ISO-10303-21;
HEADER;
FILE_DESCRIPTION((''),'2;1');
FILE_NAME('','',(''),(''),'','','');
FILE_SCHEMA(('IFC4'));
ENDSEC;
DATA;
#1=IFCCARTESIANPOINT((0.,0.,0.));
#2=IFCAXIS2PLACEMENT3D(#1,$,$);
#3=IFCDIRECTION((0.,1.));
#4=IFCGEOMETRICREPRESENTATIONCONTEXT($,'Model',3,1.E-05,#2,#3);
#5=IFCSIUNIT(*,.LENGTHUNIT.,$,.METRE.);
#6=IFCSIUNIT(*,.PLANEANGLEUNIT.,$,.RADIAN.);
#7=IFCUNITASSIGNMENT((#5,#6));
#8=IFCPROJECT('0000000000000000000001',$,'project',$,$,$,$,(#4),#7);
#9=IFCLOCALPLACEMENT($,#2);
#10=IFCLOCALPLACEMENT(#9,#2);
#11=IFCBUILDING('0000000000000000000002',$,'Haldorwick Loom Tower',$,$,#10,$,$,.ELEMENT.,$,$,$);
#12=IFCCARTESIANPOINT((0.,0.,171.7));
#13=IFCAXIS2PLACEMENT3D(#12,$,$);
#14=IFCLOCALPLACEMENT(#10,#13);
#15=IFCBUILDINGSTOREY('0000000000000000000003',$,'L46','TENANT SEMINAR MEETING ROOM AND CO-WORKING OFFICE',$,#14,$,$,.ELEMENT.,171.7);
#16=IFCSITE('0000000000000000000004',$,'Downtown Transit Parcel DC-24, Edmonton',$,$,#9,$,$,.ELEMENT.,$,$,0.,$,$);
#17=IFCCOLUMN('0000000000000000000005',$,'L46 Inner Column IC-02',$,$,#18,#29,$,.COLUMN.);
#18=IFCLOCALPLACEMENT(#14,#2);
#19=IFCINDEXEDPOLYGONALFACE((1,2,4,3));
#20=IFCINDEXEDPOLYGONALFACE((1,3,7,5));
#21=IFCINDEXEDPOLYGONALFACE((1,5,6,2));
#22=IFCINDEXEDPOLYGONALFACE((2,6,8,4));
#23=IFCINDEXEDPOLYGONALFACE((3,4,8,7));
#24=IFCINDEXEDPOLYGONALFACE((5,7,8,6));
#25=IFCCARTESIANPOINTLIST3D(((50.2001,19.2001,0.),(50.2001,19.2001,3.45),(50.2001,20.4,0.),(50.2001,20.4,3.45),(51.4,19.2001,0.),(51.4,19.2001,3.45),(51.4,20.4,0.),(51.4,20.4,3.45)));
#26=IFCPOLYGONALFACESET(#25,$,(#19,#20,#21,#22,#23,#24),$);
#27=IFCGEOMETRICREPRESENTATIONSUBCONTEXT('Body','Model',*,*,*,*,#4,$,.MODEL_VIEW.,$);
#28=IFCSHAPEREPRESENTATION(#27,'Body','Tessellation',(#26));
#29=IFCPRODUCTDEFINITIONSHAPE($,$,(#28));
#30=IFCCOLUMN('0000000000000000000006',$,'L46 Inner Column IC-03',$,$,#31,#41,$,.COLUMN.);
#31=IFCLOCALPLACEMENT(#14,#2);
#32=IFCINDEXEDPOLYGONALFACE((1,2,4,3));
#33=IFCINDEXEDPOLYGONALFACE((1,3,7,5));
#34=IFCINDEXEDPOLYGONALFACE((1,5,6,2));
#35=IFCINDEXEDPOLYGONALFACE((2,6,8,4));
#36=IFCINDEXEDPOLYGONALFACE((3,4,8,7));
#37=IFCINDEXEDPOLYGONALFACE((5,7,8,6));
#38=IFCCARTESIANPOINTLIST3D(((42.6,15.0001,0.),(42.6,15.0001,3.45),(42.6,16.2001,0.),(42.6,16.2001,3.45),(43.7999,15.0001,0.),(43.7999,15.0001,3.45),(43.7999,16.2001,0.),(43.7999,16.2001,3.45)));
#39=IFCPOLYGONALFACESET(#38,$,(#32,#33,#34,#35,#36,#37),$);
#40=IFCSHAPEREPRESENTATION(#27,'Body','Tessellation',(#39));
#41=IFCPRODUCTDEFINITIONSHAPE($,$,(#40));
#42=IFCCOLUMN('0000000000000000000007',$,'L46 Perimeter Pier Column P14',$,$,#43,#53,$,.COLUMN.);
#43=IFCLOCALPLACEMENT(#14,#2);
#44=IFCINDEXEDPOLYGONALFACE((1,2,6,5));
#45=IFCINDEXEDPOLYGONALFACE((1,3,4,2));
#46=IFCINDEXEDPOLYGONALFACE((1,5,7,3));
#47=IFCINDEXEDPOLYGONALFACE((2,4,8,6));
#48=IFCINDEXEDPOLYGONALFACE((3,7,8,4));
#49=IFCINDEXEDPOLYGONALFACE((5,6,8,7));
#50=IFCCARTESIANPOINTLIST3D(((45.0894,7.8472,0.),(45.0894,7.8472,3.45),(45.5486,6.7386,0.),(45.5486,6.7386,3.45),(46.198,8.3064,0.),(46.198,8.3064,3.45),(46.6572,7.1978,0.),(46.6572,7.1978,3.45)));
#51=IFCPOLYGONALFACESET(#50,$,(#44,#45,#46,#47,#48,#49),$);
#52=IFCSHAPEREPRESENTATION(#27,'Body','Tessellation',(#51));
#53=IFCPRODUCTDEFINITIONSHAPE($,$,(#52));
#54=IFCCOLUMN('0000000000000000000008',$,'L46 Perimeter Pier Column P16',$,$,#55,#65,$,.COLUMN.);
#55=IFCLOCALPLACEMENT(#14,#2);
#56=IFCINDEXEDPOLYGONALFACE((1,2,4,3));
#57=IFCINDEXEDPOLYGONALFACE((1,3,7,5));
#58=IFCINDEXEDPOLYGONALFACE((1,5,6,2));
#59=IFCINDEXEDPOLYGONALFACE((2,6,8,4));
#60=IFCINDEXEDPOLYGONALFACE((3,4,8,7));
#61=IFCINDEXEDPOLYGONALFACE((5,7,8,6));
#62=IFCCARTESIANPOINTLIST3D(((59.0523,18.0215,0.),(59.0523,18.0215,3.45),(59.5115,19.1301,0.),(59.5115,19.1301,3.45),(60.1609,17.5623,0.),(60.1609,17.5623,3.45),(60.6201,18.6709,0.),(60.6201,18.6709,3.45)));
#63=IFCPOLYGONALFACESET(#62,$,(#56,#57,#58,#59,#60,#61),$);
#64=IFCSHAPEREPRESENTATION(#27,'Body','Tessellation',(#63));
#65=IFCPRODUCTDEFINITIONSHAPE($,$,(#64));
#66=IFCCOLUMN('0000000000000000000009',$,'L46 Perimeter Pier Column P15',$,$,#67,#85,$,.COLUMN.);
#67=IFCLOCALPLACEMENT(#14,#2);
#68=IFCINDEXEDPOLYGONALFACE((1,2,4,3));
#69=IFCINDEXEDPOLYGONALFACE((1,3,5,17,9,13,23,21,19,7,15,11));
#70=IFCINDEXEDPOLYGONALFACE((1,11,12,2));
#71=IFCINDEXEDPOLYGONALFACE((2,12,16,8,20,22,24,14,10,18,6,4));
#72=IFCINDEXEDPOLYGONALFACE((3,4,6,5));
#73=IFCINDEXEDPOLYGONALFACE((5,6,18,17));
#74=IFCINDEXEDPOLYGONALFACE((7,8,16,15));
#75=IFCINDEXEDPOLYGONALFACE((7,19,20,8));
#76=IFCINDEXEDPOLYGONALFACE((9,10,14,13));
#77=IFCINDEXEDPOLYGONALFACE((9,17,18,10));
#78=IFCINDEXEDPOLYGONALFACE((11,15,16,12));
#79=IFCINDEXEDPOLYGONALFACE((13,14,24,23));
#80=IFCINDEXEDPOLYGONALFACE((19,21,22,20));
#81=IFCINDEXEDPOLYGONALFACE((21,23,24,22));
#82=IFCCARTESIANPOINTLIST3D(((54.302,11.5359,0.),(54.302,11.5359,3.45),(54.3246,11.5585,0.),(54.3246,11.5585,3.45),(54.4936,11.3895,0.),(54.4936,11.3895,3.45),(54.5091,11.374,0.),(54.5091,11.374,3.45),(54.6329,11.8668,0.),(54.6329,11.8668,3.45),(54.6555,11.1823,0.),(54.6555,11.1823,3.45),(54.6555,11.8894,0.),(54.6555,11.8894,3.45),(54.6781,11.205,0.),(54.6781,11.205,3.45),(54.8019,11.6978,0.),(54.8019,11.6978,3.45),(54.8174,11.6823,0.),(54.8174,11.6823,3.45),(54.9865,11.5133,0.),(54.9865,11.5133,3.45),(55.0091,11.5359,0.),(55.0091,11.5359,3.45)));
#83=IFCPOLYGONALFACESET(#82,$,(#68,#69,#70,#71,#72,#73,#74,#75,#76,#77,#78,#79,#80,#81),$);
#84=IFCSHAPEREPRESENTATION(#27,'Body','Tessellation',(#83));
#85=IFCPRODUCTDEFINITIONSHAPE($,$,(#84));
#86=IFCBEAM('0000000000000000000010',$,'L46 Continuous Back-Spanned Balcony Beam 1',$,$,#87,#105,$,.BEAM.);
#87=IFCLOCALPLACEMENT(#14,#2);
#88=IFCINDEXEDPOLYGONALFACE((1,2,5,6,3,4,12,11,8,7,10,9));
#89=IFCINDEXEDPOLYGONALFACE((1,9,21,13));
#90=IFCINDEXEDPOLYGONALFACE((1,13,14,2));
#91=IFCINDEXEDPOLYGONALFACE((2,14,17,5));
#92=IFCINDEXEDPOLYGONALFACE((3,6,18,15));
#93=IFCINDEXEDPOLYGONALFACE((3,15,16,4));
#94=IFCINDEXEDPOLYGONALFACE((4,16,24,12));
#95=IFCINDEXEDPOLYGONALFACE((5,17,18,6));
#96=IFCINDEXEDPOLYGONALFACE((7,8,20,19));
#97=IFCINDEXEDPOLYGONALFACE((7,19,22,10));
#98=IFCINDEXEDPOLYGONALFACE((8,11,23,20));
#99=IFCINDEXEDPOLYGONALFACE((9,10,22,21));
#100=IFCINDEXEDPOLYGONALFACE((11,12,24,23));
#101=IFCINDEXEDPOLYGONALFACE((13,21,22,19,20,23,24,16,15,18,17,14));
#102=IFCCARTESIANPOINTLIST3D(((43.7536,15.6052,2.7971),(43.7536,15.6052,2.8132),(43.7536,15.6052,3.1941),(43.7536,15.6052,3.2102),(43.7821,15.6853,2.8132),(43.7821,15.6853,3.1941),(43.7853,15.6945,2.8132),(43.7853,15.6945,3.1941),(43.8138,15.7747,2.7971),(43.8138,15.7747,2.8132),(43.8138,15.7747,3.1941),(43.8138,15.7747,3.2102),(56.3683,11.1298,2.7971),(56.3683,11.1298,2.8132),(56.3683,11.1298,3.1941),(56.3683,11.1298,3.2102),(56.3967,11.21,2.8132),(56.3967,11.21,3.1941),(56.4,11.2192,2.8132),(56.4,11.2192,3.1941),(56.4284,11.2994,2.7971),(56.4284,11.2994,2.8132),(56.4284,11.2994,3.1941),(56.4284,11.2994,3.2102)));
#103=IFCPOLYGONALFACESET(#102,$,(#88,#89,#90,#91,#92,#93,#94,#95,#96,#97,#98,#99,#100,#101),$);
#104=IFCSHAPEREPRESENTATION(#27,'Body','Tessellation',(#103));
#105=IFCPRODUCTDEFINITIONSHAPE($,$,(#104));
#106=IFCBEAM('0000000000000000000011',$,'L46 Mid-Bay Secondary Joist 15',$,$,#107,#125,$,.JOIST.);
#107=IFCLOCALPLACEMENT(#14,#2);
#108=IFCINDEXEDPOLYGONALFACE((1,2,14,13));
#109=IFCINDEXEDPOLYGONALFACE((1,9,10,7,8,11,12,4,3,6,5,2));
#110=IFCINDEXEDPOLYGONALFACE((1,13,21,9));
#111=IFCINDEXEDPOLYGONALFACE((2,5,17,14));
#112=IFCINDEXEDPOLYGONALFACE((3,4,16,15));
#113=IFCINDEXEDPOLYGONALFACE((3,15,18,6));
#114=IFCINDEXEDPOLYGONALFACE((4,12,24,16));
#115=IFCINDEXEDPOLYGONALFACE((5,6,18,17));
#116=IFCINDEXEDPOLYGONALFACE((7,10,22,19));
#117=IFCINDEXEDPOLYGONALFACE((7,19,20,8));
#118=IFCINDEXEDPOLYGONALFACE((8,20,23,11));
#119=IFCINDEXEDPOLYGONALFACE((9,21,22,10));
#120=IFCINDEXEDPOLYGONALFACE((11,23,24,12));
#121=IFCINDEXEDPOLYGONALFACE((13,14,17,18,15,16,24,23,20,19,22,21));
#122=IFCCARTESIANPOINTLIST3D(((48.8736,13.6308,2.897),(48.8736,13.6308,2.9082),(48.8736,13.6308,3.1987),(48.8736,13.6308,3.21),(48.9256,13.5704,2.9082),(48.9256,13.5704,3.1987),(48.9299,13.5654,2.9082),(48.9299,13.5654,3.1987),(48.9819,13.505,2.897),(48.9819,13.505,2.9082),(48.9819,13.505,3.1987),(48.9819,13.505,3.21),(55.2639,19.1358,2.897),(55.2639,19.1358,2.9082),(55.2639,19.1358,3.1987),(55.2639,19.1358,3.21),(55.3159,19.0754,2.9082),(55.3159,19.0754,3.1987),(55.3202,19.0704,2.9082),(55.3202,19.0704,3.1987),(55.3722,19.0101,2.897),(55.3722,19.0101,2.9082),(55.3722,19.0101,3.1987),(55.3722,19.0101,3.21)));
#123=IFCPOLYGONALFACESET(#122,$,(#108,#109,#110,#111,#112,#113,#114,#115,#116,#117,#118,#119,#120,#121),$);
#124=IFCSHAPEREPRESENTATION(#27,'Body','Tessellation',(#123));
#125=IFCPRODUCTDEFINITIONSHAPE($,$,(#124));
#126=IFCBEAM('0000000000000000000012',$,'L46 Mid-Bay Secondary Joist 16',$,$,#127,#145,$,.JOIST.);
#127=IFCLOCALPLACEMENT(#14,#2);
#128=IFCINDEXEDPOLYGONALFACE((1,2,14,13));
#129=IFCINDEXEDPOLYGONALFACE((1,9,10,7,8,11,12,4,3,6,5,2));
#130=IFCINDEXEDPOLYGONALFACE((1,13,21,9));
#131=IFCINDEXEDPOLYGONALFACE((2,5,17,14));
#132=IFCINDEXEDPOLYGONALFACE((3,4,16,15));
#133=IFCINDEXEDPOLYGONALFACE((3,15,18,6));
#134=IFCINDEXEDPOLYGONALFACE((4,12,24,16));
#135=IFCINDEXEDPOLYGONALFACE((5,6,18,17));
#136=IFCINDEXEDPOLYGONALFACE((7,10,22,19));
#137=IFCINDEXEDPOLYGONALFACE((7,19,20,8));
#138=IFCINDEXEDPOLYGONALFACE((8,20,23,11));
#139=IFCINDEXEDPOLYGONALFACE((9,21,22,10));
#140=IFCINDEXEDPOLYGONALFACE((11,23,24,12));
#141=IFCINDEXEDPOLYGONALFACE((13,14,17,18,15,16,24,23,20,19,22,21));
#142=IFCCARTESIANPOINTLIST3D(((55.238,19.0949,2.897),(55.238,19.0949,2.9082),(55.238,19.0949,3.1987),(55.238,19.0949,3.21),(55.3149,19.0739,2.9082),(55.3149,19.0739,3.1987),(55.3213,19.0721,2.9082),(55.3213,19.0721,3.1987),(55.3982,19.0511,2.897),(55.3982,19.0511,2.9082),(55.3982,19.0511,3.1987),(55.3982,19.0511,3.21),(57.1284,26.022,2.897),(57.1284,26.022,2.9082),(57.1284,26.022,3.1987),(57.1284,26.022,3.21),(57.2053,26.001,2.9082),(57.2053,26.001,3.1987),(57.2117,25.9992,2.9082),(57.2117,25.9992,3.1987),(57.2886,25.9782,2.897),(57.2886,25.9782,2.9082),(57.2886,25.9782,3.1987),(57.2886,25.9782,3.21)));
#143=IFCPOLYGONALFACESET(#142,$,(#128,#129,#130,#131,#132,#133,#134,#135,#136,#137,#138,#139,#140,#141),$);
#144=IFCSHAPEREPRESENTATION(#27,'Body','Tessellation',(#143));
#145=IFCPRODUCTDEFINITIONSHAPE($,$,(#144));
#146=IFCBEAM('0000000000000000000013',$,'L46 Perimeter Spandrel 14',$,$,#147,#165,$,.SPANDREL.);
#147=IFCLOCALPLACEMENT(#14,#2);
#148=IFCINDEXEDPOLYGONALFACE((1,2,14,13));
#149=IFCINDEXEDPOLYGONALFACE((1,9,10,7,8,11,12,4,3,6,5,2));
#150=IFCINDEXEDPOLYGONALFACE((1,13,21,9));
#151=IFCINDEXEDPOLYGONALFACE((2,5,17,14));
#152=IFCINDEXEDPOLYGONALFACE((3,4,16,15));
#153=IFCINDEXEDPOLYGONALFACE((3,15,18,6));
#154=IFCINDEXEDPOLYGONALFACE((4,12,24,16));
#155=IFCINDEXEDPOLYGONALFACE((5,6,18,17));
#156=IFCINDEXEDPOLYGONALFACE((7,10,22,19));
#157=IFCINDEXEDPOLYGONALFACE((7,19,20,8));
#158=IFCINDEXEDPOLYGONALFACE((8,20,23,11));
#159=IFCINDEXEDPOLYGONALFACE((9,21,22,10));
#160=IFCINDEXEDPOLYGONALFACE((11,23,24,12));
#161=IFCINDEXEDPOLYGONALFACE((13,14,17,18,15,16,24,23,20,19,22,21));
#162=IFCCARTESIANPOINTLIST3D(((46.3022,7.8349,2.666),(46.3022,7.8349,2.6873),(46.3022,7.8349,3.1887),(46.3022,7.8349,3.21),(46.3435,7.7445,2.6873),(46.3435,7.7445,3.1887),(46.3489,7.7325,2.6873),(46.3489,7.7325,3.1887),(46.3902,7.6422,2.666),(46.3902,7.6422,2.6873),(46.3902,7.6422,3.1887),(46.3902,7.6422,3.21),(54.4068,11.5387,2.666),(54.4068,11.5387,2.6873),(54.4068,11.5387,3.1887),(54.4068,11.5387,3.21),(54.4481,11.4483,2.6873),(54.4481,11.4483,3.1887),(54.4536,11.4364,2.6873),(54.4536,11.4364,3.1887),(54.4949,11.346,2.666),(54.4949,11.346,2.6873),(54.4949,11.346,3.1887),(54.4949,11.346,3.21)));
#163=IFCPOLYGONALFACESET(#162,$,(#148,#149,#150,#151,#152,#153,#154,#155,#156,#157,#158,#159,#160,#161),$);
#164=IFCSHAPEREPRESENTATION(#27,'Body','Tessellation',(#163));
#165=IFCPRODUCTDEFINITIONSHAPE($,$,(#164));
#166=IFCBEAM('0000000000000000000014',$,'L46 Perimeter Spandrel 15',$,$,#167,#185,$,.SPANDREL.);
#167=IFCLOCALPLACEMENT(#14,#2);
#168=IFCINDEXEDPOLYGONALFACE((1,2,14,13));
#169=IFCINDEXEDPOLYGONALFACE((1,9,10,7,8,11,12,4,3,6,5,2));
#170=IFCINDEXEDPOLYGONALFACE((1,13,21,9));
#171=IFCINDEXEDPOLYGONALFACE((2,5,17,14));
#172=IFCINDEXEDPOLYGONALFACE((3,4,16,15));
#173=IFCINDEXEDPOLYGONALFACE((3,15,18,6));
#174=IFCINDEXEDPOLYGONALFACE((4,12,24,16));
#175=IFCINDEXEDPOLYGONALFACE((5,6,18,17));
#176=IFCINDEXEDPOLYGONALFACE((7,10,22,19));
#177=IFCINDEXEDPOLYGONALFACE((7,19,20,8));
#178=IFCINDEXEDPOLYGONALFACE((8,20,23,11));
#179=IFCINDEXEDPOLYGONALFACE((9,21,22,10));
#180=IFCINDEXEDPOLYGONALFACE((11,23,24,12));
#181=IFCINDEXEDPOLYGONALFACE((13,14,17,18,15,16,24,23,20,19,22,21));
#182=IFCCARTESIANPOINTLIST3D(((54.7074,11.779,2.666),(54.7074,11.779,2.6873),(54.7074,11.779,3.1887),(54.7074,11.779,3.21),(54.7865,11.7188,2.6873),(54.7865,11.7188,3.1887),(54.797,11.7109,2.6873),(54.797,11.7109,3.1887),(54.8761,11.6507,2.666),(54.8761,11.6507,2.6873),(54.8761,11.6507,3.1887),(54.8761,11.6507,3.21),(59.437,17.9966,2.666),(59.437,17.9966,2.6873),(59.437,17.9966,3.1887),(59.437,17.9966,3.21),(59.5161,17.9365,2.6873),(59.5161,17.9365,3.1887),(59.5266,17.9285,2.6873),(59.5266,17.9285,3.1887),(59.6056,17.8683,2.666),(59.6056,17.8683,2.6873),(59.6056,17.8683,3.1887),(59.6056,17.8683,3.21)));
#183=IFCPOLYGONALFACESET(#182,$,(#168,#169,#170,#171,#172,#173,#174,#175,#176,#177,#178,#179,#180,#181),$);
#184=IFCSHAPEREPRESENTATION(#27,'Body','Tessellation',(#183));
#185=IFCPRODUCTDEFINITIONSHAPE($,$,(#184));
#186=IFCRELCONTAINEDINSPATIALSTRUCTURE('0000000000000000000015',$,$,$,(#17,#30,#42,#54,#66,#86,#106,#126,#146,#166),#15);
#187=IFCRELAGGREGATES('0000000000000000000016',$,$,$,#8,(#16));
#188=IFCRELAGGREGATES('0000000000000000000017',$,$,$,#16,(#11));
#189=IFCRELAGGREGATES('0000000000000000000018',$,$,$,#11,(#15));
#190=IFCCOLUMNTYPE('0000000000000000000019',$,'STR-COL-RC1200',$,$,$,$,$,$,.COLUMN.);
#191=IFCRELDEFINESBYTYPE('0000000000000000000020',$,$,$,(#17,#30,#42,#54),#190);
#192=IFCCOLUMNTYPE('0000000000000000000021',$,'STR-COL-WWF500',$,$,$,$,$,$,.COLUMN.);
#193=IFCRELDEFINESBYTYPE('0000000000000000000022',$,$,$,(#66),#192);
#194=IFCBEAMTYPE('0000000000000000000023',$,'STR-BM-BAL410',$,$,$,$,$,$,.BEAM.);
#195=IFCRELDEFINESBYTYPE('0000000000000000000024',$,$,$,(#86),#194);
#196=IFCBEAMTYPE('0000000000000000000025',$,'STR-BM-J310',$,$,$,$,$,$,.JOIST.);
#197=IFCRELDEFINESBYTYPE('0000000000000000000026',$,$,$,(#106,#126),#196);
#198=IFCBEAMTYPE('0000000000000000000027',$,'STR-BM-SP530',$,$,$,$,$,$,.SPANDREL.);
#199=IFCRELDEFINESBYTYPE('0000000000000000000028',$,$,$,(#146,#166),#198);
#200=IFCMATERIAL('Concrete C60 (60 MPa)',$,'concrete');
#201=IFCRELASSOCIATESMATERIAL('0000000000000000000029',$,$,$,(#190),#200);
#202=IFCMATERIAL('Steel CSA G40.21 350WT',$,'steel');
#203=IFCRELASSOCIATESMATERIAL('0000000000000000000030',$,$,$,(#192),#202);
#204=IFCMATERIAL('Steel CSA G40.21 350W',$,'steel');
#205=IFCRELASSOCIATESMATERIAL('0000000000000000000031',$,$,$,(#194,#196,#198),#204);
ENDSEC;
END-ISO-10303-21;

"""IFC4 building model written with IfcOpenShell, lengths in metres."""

from ifc_helpers import new_model, si_unit, direction, frame, origin, origin_2d, place, context, subcontext, project, spatial, rectangle, i_section, extrude, material, material_profile, profile_set, type_object, element, save


model = new_model("IFC4")

# Units and contexts
model_context = context("Model", 3, precision=1e-05, world=origin(), true_north=direction((0.0, 1.0)))
body_context = subcontext(model_context, "Body", "Model", "MODEL_VIEW")
ifc_project = project(units=[si_unit("LENGTHUNIT", "METRE"), si_unit("PLANEANGLEUNIT", "RADIAN")], contexts=[model_context])

# Site, building, storey
site_placement = place(None, origin())
site = spatial("IfcSite", under=ifc_project, at=site_placement, Name="Downtown Transit Parcel DC-24, Edmonton", CompositionType="ELEMENT", RefElevation=0.0)
building_placement = place(site_placement, origin())
building = spatial("IfcBuilding", under=site, at=building_placement, Name="Haldorwick Loom Tower", CompositionType="ELEMENT")
storey_placement = place(building_placement, frame((0.0, 0.0, 171.7)))
storey = spatial("IfcBuildingStorey", under=building, at=storey_placement, Name="L46", Description="TENANT SEMINAR MEETING ROOM AND CO-WORKING OFFICE", CompositionType="ELEMENT", Elevation=171.7)

# Columns
ifc_material_1 = material(Name="Concrete C60 (60 MPa)", Category="concrete")
ifc_material_profile_1 = material_profile(ifc_material_1, rectangle(XDim=1.2, YDim=1.2, at=origin_2d()), Name="RC1200X1200", Category="concrete")
ifc_profile_set_1 = profile_set([ifc_material_profile_1], Name="Concrete C60 (60 MPa)")
column_type_1 = type_object("IfcColumnType", Name="STR-COL-RC1200", PredefinedType="COLUMN", material=ifc_profile_set_1)
for number, where, z_axis, x_axis, name in (
    (1, (50.8, 19.8, 0.0), (0.0, 0.0, 1.0), (1.0, 0.0, 0.0), "L46 Inner Column IC-02"),
    (2, (43.2, 15.6001, 0.0), (0.0, 0.0, 1.0), (1.0, 0.0, 0.0), "L46 Inner Column IC-03"),
    (3, (45.8733, 7.5225, 0.0), (0.0, 0.0, 1.0), (0.382683, -0.92388, 0.0), "L46 Perimeter Pier Column P14"),
    (4, (59.8362, 18.3462, 0.0), (0.0, 0.0, 1.0), (0.92388, -0.382683, 0.0), "L46 Perimeter Pier Column P16"),
):
    element("IfcColumn", number, at=place(storey_placement, frame(where, z_axis=z_axis, x_axis=x_axis)), inside=storey, type_object=column_type_1, Name=name, PredefinedType="COLUMN", context=body_context, shape_type="SweptSolid", body=[
        extrude(rectangle(XDim=1.2, YDim=1.2, at=origin_2d()), origin(), (0.0, 0.0, 1.0), 3.45),
    ])
ifc_material_2 = material(Name="Steel CSA G40.21 350WT", Category="steel")
ifc_material_profile_2 = material_profile(ifc_material_2, i_section(OverallWidth=0.5, OverallDepth=0.5, WebThickness=0.022, FlangeThickness=0.032, at=origin_2d()), Name="WWF500X500", Category="steel")
ifc_profile_set_2 = profile_set([ifc_material_profile_2], Name="Steel CSA G40.21 350WT")
column_type_2 = type_object("IfcColumnType", Name="STR-COL-WWF500", PredefinedType="COLUMN", material=ifc_profile_set_2)
column_placement = place(storey_placement, frame((54.6555, 11.5359, 0.0), z_axis=(0.0, 0.0, 1.0), x_axis=(0.707107, -0.707107, 0.0)))
element("IfcColumn", 5, at=column_placement, inside=storey, type_object=column_type_2, Name="L46 Perimeter Pier Column P15", PredefinedType="COLUMN", context=body_context, shape_type="SweptSolid", body=[
    extrude(i_section(OverallWidth=0.5, OverallDepth=0.5, WebThickness=0.022, FlangeThickness=0.032, at=origin_2d()), origin(), (0.0, 0.0, 1.0), 3.45),
])

# Beams
ifc_material_3 = material(Name="Steel CSA G40.21 350W", Category="steel")
ifc_material_profile_3 = material_profile(ifc_material_3, i_section(OverallWidth=0.1799, OverallDepth=0.4131, WebThickness=0.0098, FlangeThickness=0.0161, at=origin_2d()), Name="W410X74", Category="steel")
ifc_profile_set_3 = profile_set([ifc_material_profile_3], Name="Steel CSA G40.21 350W")
beam_type_1 = type_object("IfcBeamType", Name="STR-BM-BAL410", PredefinedType="BEAM", material=ifc_profile_set_3)
beam_1_placement = place(storey_placement, frame((43.7837, 15.6899, 3.0037), z_axis=(0.942448, -0.334353, 0.0), x_axis=(0.334353, 0.942448, 0.0)))
element("IfcBeam", 6, at=beam_1_placement, inside=storey, type_object=beam_type_1, Name="L46 Continuous Back-Spanned Balcony Beam 1", PredefinedType="BEAM", context=body_context, shape_type="SweptSolid", body=[
    extrude(i_section(OverallWidth=0.1799, OverallDepth=0.4131, WebThickness=0.0098, FlangeThickness=0.0161, at=origin_2d()), origin(), (0.0, 0.0, 1.0), 13.385),
])
ifc_material_profile_4 = material_profile(ifc_material_3, i_section(OverallWidth=0.166, OverallDepth=0.313, WebThickness=0.0066, FlangeThickness=0.0112, at=origin_2d()), Name="W310X45", Category="steel")
ifc_profile_set_4 = profile_set([ifc_material_profile_4], Name="Steel CSA G40.21 350W")
beam_type_2 = type_object("IfcBeamType", Name="STR-BM-J310", PredefinedType="JOIST", material=ifc_profile_set_4)
beam_2_placement = place(storey_placement, frame((48.9277, 13.5679, 3.0535), z_axis=(0.757634, 0.65268, 0.0), x_axis=(-0.65268, 0.757634, 0.0)))
element("IfcBeam", 7, at=beam_2_placement, inside=storey, type_object=beam_type_2, Name="L46 Mid-Bay Secondary Joist 15", PredefinedType="JOIST", context=body_context, shape_type="SweptSolid", body=[
    extrude(i_section(OverallWidth=0.166, OverallDepth=0.313, WebThickness=0.0066, FlangeThickness=0.0112, at=origin_2d()), origin(), (0.0, 0.0, 1.0), 8.4346),
])
beam_3_placement = place(storey_placement, frame((55.3181, 19.073, 3.0535), z_axis=(0.263273, 0.964721, 0.0), x_axis=(-0.964721, 0.263273, 0.0)))
element("IfcBeam", 8, at=beam_3_placement, inside=storey, type_object=beam_type_2, Name="L46 Mid-Bay Secondary Joist 16", PredefinedType="JOIST", context=body_context, shape_type="SweptSolid", body=[
    extrude(i_section(OverallWidth=0.166, OverallDepth=0.313, WebThickness=0.0066, FlangeThickness=0.0112, at=origin_2d()), origin(), (0.0, 0.0, 1.0), 7.1804),
])
ifc_material_profile_5 = material_profile(ifc_material_3, i_section(OverallWidth=0.2119, OverallDepth=0.5439, WebThickness=0.0132, FlangeThickness=0.0212, at=origin_2d()), Name="W530X123", Category="steel")
ifc_profile_set_5 = profile_set([ifc_material_profile_5], Name="Steel CSA G40.21 350W")
beam_type_3 = type_object("IfcBeamType", Name="STR-BM-SP530", PredefinedType="SPANDREL", material=ifc_profile_set_5)
beam_4_placement = place(storey_placement, frame((46.3462, 7.7385, 2.938), z_axis=(0.909524, 0.415652, 0.0), x_axis=(-0.415652, 0.909524, 0.0)))
element("IfcBeam", 9, at=beam_4_placement, inside=storey, type_object=beam_type_3, Name="L46 Perimeter Spandrel 14", PredefinedType="SPANDREL", context=body_context, shape_type="SweptSolid", body=[
    extrude(i_section(OverallWidth=0.2119, OverallDepth=0.5439, WebThickness=0.0132, FlangeThickness=0.0212, at=origin_2d()), origin(), (0.0, 0.0, 1.0), 8.9109),
])
beam_5_placement = place(storey_placement, frame((54.7917, 11.7148, 2.938), z_axis=(0.605422, 0.795905, 0.0), x_axis=(-0.795905, 0.605422, 0.0)))
element("IfcBeam", 10, at=beam_5_placement, inside=storey, type_object=beam_type_3, Name="L46 Perimeter Spandrel 15", PredefinedType="SPANDREL", context=body_context, shape_type="SweptSolid", body=[
    extrude(i_section(OverallWidth=0.2119, OverallDepth=0.5439, WebThickness=0.0132, FlangeThickness=0.0212, at=origin_2d()), origin(), (0.0, 0.0, 1.0), 7.812),
])

save(model, "model.ifc")
